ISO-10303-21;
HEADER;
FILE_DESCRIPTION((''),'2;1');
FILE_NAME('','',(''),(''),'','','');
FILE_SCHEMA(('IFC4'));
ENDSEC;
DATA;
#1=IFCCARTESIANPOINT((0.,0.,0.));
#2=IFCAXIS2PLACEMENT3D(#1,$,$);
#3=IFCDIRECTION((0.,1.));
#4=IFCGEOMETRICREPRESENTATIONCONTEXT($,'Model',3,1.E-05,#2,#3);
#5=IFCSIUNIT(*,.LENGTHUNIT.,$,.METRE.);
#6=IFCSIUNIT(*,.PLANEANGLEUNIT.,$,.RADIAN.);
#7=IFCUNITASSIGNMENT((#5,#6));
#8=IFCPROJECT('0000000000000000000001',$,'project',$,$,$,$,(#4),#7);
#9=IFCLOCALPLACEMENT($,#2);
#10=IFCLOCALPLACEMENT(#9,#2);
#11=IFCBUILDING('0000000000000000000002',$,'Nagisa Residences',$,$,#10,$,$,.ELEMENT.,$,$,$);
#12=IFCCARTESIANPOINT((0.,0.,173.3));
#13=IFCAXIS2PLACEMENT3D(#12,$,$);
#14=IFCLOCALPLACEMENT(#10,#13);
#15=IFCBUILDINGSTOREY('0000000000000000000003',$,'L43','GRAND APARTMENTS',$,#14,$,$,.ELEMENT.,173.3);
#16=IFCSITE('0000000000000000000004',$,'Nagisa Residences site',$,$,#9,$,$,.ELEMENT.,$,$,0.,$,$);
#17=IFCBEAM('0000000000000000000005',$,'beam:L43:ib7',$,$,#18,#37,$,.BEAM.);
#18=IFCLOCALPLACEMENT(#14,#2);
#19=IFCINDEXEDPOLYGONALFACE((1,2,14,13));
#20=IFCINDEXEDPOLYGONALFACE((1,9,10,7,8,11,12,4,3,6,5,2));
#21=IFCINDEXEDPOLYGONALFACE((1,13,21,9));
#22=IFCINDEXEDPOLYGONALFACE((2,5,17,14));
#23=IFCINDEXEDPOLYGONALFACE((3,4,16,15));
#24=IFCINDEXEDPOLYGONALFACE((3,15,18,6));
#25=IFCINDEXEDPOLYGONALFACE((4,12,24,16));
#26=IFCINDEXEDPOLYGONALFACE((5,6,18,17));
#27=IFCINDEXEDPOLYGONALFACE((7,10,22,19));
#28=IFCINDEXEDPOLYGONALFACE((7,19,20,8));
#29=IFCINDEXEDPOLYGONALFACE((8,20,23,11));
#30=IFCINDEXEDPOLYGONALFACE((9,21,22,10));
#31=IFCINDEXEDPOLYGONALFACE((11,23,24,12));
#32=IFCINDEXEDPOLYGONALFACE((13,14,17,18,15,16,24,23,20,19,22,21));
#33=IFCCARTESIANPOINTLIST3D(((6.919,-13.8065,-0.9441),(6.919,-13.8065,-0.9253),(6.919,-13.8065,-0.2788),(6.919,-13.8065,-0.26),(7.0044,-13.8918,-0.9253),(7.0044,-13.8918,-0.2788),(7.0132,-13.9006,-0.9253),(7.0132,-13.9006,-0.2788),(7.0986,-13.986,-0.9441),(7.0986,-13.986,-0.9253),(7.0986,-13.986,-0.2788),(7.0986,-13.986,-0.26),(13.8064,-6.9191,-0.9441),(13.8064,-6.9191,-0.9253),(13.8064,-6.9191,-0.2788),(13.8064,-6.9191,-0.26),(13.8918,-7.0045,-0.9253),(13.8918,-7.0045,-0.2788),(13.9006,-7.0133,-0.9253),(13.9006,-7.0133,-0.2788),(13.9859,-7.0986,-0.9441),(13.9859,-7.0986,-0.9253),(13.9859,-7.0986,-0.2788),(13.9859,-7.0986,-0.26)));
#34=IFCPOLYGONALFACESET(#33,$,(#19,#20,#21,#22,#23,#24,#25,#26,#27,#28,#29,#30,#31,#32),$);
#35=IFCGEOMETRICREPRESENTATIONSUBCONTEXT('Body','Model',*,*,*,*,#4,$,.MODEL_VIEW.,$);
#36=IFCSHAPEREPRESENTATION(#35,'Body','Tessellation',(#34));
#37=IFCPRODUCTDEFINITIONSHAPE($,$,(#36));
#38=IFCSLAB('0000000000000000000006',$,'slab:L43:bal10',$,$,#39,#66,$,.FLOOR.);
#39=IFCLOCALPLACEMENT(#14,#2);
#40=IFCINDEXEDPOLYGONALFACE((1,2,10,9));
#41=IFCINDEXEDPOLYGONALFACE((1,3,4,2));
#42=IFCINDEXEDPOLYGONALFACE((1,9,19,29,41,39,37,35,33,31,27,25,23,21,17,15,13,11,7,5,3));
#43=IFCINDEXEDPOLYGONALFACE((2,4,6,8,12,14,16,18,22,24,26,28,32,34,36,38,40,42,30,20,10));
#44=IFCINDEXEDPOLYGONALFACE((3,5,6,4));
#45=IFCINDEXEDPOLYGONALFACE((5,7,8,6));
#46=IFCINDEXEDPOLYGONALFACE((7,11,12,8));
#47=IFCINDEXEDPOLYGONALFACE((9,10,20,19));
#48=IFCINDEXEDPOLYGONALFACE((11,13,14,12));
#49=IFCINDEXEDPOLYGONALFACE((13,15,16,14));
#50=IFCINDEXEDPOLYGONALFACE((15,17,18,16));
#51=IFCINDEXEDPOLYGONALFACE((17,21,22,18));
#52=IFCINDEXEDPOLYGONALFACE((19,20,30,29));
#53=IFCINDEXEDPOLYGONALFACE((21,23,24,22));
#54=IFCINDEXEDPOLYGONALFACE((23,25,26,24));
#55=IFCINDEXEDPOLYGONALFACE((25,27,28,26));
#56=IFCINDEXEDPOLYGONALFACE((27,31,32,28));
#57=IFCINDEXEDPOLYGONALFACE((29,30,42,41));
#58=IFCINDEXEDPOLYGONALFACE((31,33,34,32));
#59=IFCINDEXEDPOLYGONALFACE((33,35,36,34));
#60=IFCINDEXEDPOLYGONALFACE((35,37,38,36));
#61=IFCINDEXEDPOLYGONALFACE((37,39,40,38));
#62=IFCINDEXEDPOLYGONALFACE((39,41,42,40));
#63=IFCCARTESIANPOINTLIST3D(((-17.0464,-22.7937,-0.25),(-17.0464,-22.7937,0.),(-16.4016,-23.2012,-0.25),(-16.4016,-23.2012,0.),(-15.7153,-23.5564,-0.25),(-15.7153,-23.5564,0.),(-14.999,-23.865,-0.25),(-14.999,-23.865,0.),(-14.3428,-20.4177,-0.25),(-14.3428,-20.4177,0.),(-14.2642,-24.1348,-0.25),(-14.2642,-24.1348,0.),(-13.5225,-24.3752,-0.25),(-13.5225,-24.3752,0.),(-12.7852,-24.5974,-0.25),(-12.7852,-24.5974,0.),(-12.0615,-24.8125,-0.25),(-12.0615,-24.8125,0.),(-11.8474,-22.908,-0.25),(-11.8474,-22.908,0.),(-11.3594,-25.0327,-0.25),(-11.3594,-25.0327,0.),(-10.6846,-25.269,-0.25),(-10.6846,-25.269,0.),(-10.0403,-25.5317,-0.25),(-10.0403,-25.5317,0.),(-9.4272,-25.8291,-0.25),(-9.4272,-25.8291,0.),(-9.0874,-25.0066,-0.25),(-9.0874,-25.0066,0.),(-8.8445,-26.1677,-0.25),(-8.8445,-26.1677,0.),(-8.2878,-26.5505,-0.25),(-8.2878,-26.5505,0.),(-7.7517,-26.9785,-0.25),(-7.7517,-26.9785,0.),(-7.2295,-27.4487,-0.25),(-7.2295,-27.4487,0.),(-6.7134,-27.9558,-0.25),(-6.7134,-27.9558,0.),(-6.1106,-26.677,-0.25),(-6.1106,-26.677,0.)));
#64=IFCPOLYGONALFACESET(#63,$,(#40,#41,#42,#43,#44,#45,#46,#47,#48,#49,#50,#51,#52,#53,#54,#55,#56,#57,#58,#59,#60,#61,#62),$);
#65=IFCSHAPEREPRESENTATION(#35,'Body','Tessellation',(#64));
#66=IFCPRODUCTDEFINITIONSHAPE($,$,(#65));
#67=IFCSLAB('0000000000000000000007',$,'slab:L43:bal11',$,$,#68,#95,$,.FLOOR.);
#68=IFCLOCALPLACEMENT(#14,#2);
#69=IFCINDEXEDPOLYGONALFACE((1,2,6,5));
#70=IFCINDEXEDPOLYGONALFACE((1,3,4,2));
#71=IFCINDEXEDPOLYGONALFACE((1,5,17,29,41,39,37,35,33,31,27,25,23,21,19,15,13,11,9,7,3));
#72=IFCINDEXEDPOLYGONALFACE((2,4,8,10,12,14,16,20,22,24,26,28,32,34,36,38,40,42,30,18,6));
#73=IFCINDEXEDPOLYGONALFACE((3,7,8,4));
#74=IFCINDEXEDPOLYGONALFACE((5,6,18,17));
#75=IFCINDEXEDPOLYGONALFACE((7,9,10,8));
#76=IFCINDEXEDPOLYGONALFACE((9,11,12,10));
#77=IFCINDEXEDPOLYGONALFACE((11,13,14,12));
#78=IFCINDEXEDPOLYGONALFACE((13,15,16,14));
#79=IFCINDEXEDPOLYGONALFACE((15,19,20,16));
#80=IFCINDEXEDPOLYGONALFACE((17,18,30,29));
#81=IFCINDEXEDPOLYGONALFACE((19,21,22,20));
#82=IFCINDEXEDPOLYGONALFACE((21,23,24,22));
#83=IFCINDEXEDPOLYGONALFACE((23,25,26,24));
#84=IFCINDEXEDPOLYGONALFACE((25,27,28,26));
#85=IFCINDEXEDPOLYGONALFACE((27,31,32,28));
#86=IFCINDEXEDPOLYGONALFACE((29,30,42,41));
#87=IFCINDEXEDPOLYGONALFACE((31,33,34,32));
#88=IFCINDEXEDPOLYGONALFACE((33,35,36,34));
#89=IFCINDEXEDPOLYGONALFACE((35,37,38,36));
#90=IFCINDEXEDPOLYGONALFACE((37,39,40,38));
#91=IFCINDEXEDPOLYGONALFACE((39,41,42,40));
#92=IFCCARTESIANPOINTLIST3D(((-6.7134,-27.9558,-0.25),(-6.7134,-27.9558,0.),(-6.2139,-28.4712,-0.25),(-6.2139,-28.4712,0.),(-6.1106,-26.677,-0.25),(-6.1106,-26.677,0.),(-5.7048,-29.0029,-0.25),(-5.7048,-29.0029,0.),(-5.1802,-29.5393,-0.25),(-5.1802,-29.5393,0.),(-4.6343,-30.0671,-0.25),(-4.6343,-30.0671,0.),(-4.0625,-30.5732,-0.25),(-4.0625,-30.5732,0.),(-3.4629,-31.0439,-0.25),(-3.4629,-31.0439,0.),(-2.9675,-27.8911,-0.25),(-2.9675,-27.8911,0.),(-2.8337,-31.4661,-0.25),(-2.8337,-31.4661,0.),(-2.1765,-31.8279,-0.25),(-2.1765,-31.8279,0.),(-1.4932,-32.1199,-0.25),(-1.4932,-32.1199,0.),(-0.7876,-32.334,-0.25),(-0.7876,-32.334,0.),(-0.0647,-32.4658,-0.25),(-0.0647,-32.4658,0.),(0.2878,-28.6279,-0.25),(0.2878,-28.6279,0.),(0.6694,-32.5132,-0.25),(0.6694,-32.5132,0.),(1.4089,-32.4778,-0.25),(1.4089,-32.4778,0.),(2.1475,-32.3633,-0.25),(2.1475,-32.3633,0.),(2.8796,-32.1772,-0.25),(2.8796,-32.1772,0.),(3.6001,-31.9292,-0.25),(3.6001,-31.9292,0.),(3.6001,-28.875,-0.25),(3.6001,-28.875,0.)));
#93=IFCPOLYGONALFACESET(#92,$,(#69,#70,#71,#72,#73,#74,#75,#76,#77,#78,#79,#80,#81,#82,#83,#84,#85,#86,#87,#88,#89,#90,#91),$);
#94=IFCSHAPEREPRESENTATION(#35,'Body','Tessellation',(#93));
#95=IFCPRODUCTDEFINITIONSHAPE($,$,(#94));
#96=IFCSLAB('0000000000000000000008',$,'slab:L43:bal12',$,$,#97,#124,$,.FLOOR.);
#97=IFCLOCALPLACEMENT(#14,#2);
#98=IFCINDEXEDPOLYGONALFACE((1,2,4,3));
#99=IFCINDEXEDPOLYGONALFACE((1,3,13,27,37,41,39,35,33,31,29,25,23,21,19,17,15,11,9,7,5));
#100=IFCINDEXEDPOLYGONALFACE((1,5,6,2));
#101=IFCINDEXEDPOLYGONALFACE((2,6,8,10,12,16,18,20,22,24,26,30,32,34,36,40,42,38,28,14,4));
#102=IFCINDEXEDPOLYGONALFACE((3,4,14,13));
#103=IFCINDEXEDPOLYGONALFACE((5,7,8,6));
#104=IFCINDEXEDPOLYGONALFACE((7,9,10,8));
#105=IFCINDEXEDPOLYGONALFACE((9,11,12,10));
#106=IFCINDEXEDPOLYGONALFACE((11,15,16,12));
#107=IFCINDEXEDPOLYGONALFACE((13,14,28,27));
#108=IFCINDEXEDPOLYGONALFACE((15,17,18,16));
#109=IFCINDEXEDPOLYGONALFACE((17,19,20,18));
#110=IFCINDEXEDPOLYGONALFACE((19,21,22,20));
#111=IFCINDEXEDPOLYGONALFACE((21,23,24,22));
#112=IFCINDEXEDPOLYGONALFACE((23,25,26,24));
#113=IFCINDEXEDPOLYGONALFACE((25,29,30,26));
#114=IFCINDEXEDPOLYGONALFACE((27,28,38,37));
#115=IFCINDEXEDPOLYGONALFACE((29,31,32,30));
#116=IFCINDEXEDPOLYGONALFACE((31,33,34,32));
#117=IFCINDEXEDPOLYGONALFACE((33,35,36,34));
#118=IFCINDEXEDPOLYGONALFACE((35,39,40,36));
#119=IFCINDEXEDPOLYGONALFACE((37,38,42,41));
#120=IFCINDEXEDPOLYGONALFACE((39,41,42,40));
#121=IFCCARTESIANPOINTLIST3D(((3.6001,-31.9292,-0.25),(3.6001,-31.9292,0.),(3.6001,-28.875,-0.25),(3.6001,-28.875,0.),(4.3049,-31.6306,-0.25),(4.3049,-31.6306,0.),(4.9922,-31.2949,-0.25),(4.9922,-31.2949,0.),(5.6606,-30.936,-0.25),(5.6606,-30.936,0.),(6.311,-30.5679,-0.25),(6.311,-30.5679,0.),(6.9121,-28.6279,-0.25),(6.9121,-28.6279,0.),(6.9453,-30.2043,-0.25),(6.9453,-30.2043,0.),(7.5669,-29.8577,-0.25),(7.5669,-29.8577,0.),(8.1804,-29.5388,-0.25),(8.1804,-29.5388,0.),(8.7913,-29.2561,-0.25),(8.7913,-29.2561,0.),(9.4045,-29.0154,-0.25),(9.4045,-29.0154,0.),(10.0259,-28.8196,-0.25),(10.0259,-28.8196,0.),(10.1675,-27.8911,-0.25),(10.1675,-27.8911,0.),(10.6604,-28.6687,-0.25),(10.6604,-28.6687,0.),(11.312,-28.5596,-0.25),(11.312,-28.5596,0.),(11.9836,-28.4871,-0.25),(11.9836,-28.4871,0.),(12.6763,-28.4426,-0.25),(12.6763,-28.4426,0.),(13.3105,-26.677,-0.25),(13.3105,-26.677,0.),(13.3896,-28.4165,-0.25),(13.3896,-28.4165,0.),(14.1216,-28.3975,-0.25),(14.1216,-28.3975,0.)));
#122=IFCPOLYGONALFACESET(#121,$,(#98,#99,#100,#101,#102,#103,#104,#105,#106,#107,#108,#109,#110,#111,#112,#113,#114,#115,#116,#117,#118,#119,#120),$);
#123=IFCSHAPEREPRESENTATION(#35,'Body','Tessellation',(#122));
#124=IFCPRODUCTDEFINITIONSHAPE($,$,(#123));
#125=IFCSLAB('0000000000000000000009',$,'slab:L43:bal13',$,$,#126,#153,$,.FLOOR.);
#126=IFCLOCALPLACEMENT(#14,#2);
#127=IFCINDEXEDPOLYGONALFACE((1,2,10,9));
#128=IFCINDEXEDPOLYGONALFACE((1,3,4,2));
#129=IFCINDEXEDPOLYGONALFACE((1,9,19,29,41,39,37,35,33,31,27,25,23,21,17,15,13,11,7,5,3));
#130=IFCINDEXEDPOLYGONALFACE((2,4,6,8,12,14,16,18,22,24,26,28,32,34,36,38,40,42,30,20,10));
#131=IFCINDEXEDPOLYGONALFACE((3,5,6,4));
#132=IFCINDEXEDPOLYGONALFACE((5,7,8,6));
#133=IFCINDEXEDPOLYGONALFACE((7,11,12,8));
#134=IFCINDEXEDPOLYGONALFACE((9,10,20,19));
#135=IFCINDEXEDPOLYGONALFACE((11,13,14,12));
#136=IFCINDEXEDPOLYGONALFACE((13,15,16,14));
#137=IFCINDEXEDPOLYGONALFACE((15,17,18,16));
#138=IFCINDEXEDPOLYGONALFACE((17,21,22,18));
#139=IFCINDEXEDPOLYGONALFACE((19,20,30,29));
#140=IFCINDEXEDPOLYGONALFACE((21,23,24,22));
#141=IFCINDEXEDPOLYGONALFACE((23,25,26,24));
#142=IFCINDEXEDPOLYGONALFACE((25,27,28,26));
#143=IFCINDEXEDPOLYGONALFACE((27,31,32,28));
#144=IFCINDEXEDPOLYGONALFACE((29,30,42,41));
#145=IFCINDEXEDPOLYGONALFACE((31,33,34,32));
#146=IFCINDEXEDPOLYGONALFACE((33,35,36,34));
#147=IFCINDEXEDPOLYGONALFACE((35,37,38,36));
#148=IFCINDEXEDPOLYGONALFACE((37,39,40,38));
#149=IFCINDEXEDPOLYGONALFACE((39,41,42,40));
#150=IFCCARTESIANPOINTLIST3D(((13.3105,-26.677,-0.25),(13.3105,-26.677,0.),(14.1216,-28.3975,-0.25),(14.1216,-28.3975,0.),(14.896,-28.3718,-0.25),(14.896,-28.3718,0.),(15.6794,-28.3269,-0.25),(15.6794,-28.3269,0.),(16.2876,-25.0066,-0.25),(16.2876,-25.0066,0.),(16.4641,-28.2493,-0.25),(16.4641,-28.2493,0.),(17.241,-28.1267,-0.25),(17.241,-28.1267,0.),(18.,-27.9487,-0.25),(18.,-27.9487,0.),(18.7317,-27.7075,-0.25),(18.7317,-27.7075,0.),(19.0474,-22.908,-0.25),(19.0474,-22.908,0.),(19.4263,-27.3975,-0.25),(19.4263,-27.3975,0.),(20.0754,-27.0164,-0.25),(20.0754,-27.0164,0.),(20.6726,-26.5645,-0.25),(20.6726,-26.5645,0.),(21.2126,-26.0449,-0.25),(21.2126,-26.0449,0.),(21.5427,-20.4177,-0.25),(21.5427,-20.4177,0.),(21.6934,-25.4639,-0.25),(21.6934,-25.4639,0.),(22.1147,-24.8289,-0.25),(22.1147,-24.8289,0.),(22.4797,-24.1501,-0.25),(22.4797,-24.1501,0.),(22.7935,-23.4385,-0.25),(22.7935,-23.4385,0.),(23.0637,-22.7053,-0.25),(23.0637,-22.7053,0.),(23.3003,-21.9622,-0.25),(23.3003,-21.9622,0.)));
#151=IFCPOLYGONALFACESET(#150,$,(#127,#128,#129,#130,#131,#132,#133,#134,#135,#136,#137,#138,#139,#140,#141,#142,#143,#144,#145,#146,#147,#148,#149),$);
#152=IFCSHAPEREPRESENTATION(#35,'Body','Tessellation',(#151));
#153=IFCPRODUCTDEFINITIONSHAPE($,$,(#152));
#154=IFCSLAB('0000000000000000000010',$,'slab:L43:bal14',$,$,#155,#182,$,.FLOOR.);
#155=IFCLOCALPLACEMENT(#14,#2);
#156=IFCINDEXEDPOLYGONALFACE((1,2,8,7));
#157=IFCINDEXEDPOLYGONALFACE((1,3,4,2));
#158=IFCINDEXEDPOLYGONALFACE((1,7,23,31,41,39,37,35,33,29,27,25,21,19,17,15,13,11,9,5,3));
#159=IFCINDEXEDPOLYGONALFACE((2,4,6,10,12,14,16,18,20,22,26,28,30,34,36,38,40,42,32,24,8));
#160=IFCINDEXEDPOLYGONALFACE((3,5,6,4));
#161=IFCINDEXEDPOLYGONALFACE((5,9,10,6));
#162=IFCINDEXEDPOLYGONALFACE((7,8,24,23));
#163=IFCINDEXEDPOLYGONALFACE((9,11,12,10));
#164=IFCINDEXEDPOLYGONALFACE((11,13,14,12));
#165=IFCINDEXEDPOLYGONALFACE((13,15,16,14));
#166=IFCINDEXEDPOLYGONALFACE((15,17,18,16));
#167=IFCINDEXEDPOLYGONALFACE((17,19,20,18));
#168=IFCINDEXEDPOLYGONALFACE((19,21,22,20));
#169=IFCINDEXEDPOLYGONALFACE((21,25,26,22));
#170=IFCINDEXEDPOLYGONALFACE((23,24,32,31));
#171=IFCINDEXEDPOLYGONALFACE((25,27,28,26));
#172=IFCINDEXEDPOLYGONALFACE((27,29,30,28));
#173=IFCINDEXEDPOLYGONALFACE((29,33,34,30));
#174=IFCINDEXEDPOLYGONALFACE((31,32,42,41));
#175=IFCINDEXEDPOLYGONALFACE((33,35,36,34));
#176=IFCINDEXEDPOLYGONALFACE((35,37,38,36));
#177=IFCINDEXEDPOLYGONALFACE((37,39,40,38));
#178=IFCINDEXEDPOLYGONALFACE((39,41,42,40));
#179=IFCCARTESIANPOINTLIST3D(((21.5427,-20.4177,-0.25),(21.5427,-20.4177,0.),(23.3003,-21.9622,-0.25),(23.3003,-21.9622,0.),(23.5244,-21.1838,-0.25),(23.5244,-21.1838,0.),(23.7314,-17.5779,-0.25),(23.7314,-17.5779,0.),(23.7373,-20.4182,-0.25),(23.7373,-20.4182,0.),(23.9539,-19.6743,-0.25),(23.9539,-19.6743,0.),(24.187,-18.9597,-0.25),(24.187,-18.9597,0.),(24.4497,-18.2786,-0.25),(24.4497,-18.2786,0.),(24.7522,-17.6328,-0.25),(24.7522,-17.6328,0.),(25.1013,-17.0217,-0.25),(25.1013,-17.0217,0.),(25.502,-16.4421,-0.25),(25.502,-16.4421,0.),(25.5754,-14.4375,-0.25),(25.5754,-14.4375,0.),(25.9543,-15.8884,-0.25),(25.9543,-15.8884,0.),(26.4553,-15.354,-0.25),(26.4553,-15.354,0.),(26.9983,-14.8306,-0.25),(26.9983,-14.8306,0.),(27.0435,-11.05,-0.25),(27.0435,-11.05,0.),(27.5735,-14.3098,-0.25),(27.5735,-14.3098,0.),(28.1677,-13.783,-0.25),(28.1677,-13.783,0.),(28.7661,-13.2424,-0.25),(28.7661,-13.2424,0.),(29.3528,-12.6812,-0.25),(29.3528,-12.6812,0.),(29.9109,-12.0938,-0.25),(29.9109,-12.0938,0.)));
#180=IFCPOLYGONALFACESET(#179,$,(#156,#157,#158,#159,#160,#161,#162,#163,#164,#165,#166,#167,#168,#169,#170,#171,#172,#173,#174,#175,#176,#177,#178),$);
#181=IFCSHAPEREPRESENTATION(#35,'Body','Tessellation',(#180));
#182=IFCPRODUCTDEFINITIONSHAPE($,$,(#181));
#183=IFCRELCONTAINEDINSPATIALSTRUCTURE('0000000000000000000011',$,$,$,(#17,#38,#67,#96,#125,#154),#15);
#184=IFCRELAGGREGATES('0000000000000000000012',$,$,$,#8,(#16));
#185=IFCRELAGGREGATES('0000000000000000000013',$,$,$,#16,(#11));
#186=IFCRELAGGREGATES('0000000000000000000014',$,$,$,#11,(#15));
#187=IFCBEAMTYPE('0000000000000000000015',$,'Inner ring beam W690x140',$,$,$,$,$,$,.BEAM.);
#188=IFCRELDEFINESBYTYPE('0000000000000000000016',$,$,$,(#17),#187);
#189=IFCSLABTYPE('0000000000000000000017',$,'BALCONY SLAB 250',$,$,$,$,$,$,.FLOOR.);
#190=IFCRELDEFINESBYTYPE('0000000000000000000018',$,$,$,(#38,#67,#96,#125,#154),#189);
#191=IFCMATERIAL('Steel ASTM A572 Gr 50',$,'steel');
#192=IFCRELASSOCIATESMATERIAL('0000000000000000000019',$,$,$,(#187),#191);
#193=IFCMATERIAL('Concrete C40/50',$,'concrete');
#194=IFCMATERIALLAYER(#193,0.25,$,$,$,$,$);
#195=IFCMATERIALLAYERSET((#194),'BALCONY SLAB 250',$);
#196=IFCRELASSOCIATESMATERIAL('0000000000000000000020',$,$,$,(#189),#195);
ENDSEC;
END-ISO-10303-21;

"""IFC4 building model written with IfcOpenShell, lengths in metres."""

from ifc_helpers import new_model, si_unit, direction, frame, origin, origin_2d, place, context, subcontext, project, spatial, polyline, i_section, outline, extrude, material, layer, layer_set, material_profile, profile_set, type_object, element, save


model = new_model("IFC4")

# Units and contexts
model_context = context("Model", 3, precision=1e-05, world=origin(), true_north=direction((0.0, 1.0)))
body_context = subcontext(model_context, "Body", "Model", "MODEL_VIEW")
ifc_project = project(units=[si_unit("LENGTHUNIT", "METRE"), si_unit("PLANEANGLEUNIT", "RADIAN")], contexts=[model_context])

# Site, building, storey
site_placement = place(None, origin())
site = spatial("IfcSite", under=ifc_project, at=site_placement, Name="Nagisa Residences site", CompositionType="ELEMENT", RefElevation=0.0)
building_placement = place(site_placement, origin())
building = spatial("IfcBuilding", under=site, at=building_placement, Name="Nagisa Residences", CompositionType="ELEMENT")
storey_placement = place(building_placement, frame((0.0, 0.0, 173.3)))
storey = spatial("IfcBuildingStorey", under=building, at=storey_placement, Name="L43", Description="GRAND APARTMENTS", CompositionType="ELEMENT", Elevation=173.3)

# Beam
ifc_material_1 = material(Name="Steel ASTM A572 Gr 50", Category="steel")
ifc_material_profile = material_profile(ifc_material_1, i_section(OverallWidth=0.2539, OverallDepth=0.6841, WebThickness=0.0125, FlangeThickness=0.0188, at=origin_2d()), Name="W690x140")
ifc_profile_set = profile_set([ifc_material_profile], Name="Steel ASTM A572 Gr 50")
beam_type = type_object("IfcBeamType", Name="Inner ring beam W690x140", PredefinedType="BEAM", material=ifc_profile_set)
beam_placement = place(storey_placement, frame((7.0088, -13.8962, -0.6021), z_axis=(0.707107, 0.707107, 0.0), x_axis=(-0.707107, 0.707107, 0.0)))
element("IfcBeam", 1, at=beam_placement, inside=storey, type_object=beam_type, Name="beam:L43:ib7", PredefinedType="BEAM", context=body_context, shape_type="SweptSolid", body=[
    extrude(i_section(OverallWidth=0.2539, OverallDepth=0.6841, WebThickness=0.0125, FlangeThickness=0.0188, at=origin_2d()), origin(), (0.0, 0.0, 1.0), 9.7402),
])

# Slabs
ifc_material_2 = material(Name="Concrete C40/50", Category="concrete")
ifc_layer_1 = layer(ifc_material_2, 0.25)
ifc_layer_set_1 = layer_set([ifc_layer_1], Name="BALCONY SLAB 250")
slab_type = type_object("IfcSlabType", Name="BALCONY SLAB 250", PredefinedType="FLOOR", material=ifc_layer_set_1)
slab_1_placement = place(storey_placement, frame((0.0, 0.0, -0.25)))
element("IfcSlab", 2, at=slab_1_placement, inside=storey, type_object=slab_type, Name="slab:L43:bal10", PredefinedType="FLOOR", context=body_context, shape_type="SweptSolid", body=[
    extrude(outline(polyline([(-17.0464, -22.7937), (-16.4016, -23.2012), (-15.7153, -23.5564), (-14.999, -23.865), (-14.2642, -24.1348), (-13.5225, -24.3752), (-12.7852, -24.5974), (-12.0615, -24.8125), (-11.3594, -25.0327), (-10.6846, -25.269), (-10.0403, -25.5317), (-9.4272, -25.8291), (-8.8445, -26.1677), (-8.2878, -26.5505), (-7.7517, -26.9785), (-7.2295, -27.4487), (-6.7134, -27.9558), (-6.1106, -26.677), (-9.0874, -25.0066), (-11.8474, -22.908), (-14.3428, -20.4177), (-17.0464, -22.7937)])), origin(), (0.0, 0.0, 1.0), 0.25),
])
slab_2_placement = place(storey_placement, frame((0.0, 0.0, -0.25)))
element("IfcSlab", 3, at=slab_2_placement, inside=storey, type_object=slab_type, Name="slab:L43:bal11", PredefinedType="FLOOR", context=body_context, shape_type="SweptSolid", body=[
    extrude(outline(polyline([(-6.7134, -27.9558), (-6.2139, -28.4712), (-5.7048, -29.0029), (-5.1802, -29.5393), (-4.6343, -30.0671), (-4.0625, -30.5732), (-3.4629, -31.0439), (-2.8337, -31.4661), (-2.1765, -31.8279), (-1.4932, -32.1199), (-0.7876, -32.334), (-0.0647, -32.4658), (0.6694, -32.5132), (1.4089, -32.4778), (2.1475, -32.3633), (2.8796, -32.1772), (3.6001, -31.9292), (3.6001, -28.875), (0.2878, -28.6279), (-2.9675, -27.8911), (-6.1106, -26.677), (-6.7134, -27.9558)])), origin(), (0.0, 0.0, 1.0), 0.25),
])
slab_3_placement = place(storey_placement, frame((0.0, 0.0, -0.25)))
element("IfcSlab", 4, at=slab_3_placement, inside=storey, type_object=slab_type, Name="slab:L43:bal12", PredefinedType="FLOOR", context=body_context, shape_type="SweptSolid", body=[
    extrude(outline(polyline([(3.6001, -31.9292), (4.3049, -31.6306), (4.9922, -31.2949), (5.6606, -30.936), (6.311, -30.5679), (6.9453, -30.2043), (7.5669, -29.8577), (8.1804, -29.5388), (8.7913, -29.2561), (9.4045, -29.0154), (10.0259, -28.8196), (10.6604, -28.6687), (11.312, -28.5596), (11.9836, -28.4871), (12.6763, -28.4426), (13.3896, -28.4165), (14.1216, -28.3975), (13.3105, -26.677), (10.1675, -27.8911), (6.9121, -28.6279), (3.6001, -28.875), (3.6001, -31.9292)])), origin(), (0.0, 0.0, 1.0), 0.25),
])
slab_4_placement = place(storey_placement, frame((0.0, 0.0, -0.25)))
element("IfcSlab", 5, at=slab_4_placement, inside=storey, type_object=slab_type, Name="slab:L43:bal13", PredefinedType="FLOOR", context=body_context, shape_type="SweptSolid", body=[
    extrude(outline(polyline([(14.1216, -28.3975), (14.896, -28.3718), (15.6794, -28.3269), (16.4641, -28.2493), (17.241, -28.1267), (18.0, -27.9487), (18.7317, -27.7075), (19.4263, -27.3975), (20.0754, -27.0164), (20.6726, -26.5645), (21.2126, -26.0449), (21.6934, -25.4639), (22.1147, -24.8289), (22.4797, -24.1501), (22.7935, -23.4385), (23.0637, -22.7053), (23.3003, -21.9622), (21.5427, -20.4177), (19.0474, -22.908), (16.2876, -25.0066), (13.3105, -26.677), (14.1216, -28.3975)])), origin(), (0.0, 0.0, 1.0), 0.25),
])
slab_5_placement = place(storey_placement, frame((0.0, 0.0, -0.25)))
element("IfcSlab", 6, at=slab_5_placement, inside=storey, type_object=slab_type, Name="slab:L43:bal14", PredefinedType="FLOOR", context=body_context, shape_type="SweptSolid", body=[
    extrude(outline(polyline([(23.3003, -21.9622), (23.5244, -21.1838), (23.7373, -20.4182), (23.9539, -19.6743), (24.187, -18.9597), (24.4497, -18.2786), (24.7522, -17.6328), (25.1013, -17.0217), (25.502, -16.4421), (25.9543, -15.8884), (26.4553, -15.354), (26.9983, -14.8306), (27.5735, -14.3098), (28.1677, -13.783), (28.7661, -13.2424), (29.3528, -12.6812), (29.9109, -12.0938), (27.0435, -11.05), (25.5754, -14.4375), (23.7314, -17.5779), (21.5427, -20.4177), (23.3003, -21.9622)])), origin(), (0.0, 0.0, 1.0), 0.25),
])

save(model, "model.ifc")
